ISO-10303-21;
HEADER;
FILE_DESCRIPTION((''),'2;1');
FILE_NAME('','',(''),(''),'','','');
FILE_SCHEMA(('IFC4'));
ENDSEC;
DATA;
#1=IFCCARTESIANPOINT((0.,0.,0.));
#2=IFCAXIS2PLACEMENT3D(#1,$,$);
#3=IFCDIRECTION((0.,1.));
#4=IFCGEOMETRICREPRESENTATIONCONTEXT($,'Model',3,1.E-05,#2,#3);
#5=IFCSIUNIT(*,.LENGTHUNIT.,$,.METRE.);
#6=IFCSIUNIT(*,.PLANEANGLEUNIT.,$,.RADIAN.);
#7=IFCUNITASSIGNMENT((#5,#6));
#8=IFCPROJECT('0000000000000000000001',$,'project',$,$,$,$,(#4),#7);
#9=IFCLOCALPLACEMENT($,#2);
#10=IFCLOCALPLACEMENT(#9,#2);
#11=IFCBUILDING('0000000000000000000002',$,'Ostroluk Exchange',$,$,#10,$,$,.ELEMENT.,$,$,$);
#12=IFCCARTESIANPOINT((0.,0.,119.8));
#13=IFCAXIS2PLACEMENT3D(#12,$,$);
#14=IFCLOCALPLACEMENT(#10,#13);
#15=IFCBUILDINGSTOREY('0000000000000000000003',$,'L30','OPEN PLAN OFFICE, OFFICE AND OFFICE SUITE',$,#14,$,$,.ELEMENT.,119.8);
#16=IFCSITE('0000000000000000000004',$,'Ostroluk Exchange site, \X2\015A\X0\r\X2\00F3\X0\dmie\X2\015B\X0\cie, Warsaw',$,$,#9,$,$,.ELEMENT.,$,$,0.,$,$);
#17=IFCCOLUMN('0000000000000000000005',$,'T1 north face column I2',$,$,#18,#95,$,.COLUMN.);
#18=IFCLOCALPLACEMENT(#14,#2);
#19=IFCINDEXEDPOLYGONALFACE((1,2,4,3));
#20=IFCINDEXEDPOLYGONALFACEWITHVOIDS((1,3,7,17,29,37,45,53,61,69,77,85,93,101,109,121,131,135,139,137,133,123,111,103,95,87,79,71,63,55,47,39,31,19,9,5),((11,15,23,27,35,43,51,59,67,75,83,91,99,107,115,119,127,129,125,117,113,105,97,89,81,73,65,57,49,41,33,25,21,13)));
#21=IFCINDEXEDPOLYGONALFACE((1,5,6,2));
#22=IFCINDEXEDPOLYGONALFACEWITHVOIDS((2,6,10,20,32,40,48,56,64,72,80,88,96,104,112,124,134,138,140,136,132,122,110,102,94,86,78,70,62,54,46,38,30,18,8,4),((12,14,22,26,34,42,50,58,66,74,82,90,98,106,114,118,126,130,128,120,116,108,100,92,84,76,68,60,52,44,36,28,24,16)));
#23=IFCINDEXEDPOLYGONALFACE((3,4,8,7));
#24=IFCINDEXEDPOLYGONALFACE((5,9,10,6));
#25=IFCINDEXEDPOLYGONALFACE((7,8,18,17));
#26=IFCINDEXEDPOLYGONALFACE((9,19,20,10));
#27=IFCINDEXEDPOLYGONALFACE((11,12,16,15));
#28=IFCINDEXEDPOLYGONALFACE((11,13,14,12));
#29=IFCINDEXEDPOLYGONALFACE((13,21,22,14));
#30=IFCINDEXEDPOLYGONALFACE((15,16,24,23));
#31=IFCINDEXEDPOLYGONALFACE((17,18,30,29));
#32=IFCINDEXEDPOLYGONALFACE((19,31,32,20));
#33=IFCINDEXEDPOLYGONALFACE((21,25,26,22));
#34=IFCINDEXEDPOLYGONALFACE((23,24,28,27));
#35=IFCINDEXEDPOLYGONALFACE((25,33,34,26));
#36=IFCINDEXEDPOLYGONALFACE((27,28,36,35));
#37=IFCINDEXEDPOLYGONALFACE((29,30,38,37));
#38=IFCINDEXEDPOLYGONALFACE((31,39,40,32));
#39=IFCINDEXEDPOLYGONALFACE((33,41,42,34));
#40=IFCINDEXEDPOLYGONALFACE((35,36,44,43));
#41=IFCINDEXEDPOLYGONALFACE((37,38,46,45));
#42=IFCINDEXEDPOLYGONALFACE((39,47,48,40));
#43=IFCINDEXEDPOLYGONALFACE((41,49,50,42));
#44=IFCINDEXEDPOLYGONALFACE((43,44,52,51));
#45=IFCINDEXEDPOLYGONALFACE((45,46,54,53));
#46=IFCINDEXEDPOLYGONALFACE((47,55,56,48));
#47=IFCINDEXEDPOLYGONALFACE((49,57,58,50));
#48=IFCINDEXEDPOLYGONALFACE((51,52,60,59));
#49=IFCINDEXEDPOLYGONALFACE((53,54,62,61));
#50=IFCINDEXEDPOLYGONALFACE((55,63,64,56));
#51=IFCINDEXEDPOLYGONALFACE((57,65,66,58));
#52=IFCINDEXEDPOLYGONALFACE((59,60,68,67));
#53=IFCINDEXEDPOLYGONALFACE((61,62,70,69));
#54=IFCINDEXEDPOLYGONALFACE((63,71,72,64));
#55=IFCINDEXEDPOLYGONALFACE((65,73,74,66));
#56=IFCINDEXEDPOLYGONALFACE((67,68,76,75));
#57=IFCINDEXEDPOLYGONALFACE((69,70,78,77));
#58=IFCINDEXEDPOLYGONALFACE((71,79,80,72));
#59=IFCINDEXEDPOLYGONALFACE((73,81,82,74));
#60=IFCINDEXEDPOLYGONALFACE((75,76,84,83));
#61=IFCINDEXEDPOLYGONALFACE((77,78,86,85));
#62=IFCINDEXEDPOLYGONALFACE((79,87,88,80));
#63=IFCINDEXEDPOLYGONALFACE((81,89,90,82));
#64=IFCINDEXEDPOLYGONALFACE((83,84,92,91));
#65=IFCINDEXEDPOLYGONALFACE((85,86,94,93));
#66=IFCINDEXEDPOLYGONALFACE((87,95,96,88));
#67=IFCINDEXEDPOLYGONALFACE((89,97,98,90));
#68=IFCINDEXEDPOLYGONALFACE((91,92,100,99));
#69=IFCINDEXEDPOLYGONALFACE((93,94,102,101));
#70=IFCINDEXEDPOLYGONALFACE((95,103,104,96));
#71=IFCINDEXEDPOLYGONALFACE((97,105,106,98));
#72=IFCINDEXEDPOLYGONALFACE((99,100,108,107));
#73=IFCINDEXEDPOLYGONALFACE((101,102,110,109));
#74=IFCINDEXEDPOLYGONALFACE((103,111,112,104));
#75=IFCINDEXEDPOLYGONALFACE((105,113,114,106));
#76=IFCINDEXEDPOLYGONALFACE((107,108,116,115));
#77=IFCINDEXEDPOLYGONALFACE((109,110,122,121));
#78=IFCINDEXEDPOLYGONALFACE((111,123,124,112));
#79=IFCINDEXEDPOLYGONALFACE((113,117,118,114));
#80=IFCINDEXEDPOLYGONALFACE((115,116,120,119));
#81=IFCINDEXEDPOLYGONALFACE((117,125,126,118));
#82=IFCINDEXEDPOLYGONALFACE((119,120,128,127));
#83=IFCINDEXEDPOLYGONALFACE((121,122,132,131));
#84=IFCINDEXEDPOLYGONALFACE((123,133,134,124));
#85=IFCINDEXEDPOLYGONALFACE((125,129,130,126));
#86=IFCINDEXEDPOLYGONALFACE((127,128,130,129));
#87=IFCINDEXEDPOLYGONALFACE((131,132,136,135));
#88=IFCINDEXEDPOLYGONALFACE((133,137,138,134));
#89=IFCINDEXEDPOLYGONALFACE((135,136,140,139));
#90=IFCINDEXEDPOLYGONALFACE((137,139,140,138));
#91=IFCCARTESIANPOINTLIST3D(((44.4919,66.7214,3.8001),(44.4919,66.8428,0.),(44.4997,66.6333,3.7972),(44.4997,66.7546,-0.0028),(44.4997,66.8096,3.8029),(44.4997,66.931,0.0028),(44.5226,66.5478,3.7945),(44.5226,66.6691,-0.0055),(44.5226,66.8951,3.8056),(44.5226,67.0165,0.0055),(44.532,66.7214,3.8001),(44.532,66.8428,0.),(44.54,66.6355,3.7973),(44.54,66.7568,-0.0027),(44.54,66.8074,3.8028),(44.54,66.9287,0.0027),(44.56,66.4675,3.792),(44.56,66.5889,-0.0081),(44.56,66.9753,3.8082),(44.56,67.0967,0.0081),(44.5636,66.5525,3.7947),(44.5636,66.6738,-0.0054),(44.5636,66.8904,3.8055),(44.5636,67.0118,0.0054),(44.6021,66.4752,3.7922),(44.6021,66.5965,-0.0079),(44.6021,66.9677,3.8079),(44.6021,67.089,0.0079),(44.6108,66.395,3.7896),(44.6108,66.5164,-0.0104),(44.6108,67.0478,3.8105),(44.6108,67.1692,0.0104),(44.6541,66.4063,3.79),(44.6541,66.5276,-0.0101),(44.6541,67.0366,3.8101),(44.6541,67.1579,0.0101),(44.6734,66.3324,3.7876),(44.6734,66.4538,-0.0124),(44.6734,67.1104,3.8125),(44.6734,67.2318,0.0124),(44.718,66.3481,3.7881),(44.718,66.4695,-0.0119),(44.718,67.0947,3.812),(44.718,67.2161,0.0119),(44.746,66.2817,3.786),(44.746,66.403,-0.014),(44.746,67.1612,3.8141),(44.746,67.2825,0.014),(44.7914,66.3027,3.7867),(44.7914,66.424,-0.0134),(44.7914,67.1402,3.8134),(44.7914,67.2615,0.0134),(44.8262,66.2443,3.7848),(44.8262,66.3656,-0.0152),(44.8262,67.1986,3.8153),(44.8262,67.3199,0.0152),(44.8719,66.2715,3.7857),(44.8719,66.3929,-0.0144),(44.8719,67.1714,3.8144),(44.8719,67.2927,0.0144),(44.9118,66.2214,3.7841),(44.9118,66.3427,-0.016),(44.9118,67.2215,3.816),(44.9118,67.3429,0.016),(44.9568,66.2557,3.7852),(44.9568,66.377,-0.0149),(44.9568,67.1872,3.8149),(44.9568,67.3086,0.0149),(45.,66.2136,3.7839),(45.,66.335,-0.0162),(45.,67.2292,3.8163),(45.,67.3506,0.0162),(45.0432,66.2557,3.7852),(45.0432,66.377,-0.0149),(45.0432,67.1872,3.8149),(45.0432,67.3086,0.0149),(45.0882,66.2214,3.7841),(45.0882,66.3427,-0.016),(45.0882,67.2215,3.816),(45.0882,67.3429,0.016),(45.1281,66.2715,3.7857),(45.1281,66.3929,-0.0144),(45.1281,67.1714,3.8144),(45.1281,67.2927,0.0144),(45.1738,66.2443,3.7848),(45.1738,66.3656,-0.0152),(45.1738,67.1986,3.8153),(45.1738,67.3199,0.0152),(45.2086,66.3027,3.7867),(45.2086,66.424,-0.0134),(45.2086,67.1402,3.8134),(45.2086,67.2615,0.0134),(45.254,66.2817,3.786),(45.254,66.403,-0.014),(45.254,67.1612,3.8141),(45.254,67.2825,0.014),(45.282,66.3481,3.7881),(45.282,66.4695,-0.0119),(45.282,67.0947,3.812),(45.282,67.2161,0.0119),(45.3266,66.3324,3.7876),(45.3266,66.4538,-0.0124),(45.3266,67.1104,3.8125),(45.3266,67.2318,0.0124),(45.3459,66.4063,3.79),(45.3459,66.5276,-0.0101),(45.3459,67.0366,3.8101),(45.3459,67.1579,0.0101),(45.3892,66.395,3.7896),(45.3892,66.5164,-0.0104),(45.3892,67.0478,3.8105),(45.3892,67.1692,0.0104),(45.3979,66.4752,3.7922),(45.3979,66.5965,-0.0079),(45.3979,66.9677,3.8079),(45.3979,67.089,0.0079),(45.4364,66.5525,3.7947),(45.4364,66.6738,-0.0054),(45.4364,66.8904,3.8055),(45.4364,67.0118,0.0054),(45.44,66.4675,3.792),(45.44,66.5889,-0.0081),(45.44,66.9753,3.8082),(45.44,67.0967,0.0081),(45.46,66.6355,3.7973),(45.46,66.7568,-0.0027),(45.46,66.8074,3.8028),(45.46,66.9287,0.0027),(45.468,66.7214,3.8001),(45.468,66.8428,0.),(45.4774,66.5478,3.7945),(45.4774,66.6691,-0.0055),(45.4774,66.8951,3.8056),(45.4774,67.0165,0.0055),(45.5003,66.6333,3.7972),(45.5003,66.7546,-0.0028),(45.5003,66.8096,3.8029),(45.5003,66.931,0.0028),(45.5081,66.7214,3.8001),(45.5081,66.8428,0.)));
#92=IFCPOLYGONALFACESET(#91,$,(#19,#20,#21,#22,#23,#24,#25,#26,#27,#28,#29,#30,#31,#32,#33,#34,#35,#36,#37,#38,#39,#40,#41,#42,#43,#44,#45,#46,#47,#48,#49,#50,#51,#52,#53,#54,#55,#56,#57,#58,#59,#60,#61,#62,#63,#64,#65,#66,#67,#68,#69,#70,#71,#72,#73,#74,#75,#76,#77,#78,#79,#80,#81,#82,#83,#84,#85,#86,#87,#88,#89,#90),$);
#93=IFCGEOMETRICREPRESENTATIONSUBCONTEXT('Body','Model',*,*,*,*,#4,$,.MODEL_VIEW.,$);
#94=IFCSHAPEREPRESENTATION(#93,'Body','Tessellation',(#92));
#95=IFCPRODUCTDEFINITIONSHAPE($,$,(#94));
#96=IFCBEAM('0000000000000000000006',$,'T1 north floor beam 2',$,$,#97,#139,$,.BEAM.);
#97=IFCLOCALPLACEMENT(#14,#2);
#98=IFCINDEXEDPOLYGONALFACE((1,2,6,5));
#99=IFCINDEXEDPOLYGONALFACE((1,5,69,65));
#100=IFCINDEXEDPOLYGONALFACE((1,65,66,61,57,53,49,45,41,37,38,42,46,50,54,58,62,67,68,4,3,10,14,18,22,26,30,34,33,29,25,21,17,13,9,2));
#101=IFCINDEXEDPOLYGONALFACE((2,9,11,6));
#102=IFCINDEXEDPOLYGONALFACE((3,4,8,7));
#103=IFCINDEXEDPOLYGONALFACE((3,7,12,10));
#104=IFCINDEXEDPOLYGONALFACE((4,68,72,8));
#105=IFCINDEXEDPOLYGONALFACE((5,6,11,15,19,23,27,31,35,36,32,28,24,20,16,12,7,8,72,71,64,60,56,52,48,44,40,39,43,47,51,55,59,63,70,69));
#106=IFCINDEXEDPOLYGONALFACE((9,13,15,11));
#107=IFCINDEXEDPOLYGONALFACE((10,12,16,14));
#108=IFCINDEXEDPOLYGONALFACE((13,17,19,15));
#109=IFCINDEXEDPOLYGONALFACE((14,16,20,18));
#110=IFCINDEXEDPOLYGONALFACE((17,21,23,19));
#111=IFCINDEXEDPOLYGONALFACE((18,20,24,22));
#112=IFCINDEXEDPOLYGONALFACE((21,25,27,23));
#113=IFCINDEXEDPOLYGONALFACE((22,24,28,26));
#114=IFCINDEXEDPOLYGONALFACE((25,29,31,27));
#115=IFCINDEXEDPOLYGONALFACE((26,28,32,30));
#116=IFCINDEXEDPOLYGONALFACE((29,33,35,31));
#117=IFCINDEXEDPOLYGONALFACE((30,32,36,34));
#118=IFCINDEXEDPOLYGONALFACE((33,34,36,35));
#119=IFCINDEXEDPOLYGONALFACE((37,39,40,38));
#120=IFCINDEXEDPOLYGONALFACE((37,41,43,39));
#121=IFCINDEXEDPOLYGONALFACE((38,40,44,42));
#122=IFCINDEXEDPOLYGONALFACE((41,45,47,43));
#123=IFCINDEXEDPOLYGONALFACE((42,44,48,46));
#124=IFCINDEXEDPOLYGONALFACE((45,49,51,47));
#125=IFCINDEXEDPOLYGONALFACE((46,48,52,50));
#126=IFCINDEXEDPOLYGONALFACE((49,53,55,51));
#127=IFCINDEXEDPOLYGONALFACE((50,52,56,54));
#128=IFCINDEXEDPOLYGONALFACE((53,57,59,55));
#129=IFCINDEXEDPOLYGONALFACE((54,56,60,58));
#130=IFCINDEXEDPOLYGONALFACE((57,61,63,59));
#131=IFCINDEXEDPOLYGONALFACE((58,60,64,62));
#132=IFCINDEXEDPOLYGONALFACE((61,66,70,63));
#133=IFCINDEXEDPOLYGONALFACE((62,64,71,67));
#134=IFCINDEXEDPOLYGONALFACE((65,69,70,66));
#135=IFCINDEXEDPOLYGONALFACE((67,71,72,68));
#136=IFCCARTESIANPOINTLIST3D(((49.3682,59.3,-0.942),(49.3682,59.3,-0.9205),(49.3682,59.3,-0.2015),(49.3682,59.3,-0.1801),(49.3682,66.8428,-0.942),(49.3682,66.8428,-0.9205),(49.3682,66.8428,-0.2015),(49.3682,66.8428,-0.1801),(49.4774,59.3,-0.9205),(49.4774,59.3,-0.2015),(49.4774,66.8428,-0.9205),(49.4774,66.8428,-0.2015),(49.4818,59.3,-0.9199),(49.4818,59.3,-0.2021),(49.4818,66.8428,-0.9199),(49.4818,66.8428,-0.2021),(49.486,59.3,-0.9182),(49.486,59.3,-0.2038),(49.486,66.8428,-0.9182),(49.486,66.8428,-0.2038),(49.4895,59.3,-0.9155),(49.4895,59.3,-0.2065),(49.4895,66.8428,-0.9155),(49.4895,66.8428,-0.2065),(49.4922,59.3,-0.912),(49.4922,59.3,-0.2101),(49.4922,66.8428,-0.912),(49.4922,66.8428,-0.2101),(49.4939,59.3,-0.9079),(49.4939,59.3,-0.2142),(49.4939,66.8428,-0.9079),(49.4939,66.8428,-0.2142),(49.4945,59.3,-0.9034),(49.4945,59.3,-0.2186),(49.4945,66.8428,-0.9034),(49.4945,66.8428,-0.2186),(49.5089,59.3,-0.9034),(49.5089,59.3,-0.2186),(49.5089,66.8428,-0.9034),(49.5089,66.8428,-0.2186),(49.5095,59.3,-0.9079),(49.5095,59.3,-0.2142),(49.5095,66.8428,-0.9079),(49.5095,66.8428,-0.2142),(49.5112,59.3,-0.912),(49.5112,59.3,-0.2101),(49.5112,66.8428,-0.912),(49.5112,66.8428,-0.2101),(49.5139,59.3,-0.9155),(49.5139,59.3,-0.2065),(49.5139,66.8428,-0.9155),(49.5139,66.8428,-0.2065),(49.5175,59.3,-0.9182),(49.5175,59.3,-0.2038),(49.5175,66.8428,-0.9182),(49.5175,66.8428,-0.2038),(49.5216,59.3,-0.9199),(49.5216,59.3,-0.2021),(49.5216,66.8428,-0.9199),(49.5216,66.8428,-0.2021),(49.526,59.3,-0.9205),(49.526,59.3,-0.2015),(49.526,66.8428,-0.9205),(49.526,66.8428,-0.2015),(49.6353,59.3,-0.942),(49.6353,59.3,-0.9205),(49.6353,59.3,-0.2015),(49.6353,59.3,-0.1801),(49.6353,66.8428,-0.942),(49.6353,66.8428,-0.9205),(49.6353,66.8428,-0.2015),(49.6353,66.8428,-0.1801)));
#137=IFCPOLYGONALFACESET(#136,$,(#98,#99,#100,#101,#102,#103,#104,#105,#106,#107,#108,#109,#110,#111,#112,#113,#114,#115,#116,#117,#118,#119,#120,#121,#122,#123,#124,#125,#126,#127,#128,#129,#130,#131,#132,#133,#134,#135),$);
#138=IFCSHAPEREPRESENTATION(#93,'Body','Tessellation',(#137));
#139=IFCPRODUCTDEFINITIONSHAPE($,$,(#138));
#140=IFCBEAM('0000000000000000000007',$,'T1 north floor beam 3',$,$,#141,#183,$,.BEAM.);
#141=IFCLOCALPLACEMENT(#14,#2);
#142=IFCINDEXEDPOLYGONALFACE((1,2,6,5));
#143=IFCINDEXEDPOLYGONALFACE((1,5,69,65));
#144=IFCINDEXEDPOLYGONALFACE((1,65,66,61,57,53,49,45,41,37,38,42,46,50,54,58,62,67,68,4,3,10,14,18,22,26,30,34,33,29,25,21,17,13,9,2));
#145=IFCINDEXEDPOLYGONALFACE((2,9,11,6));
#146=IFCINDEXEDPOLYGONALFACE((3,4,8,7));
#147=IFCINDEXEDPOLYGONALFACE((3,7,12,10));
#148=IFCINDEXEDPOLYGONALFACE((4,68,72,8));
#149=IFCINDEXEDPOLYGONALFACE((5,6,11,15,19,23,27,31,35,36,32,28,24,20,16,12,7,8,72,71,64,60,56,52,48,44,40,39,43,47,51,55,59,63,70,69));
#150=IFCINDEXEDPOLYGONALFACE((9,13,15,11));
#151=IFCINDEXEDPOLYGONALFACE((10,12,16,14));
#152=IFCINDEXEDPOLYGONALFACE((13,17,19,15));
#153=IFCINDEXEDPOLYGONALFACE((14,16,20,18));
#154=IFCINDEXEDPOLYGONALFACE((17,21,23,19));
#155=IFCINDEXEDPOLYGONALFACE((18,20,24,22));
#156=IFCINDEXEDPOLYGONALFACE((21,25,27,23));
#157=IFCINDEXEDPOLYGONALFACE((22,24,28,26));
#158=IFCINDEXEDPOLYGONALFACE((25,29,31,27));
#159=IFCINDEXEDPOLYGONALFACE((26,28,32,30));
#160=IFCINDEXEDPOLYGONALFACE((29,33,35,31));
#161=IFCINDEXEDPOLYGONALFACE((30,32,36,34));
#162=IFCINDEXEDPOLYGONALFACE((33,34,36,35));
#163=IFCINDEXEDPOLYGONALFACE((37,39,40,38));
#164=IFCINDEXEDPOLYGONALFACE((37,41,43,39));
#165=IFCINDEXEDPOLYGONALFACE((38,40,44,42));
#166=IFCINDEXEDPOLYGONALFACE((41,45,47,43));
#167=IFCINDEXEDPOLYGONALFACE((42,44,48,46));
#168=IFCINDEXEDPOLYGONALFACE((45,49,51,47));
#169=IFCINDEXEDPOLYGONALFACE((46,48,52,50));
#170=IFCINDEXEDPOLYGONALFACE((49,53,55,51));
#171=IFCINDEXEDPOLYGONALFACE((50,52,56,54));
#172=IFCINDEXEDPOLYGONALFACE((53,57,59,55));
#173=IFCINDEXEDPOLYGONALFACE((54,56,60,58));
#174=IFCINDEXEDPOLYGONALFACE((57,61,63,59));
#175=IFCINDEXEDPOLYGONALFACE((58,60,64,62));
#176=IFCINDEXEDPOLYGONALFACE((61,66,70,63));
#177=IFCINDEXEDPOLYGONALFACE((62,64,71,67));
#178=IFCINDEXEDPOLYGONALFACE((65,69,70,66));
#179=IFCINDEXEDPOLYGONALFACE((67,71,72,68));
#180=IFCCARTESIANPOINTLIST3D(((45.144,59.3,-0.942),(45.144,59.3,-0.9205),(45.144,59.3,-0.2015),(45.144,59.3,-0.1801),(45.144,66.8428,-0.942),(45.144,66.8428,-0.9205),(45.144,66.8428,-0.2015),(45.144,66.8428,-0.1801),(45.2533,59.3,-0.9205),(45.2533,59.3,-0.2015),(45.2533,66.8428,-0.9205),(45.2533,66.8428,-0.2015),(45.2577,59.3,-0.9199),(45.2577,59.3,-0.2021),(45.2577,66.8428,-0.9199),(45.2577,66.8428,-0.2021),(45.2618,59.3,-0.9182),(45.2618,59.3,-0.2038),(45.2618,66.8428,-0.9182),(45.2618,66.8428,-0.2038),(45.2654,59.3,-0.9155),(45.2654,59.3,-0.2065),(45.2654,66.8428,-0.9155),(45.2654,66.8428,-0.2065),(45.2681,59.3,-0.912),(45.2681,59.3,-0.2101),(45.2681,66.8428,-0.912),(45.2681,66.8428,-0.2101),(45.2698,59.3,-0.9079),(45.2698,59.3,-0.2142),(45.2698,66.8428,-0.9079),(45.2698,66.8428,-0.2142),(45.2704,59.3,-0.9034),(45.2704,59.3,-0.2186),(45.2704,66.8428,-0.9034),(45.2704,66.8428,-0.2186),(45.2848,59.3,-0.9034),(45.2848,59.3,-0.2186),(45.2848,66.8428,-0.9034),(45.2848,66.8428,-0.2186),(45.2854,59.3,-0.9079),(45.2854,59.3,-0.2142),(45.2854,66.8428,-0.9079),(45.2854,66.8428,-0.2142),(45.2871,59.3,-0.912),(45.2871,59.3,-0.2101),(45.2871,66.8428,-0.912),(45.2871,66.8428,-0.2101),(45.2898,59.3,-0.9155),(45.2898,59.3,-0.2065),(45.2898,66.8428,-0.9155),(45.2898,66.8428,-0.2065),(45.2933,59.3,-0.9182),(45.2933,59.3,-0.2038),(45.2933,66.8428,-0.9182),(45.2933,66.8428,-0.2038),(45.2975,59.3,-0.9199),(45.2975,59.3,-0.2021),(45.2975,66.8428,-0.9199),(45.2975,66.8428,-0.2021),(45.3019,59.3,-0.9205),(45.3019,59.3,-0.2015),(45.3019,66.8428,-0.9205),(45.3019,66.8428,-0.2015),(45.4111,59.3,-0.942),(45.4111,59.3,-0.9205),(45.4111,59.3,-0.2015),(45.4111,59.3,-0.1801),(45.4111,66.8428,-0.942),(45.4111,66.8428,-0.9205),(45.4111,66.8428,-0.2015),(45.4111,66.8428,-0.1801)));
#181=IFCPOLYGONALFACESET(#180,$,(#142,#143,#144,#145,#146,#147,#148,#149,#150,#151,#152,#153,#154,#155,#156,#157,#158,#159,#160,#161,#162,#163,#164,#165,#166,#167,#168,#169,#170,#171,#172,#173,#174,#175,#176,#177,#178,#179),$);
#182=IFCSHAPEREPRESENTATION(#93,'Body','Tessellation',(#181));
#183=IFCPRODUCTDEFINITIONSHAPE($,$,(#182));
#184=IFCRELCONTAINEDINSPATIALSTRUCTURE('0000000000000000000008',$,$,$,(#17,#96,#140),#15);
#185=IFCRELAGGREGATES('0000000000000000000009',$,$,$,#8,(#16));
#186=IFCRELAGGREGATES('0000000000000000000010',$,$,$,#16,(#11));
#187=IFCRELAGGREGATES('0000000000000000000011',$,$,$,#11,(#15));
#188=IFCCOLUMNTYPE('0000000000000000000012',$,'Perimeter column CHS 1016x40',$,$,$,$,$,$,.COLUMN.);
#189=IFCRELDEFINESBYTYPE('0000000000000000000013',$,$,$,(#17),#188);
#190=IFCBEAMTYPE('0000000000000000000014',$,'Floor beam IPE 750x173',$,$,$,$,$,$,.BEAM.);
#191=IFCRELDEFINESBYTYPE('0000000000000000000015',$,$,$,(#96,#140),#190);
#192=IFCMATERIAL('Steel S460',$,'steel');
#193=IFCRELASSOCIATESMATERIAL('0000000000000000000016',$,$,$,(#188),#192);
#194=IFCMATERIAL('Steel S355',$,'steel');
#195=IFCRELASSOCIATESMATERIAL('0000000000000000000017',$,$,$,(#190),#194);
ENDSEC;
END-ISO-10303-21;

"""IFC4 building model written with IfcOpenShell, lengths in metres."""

from ifc_helpers import new_model, si_unit, direction, frame, origin, origin_2d, place, context, subcontext, project, spatial, hollow_circle, i_section, extrude, material, material_profile, profile_set, type_object, element, save


model = new_model("IFC4")

# Units and contexts
model_context = context("Model", 3, precision=1e-05, world=origin(), true_north=direction((0.0, 1.0)))
body_context = subcontext(model_context, "Body", "Model", "MODEL_VIEW")
ifc_project = project(units=[si_unit("LENGTHUNIT", "METRE"), si_unit("PLANEANGLEUNIT", "RADIAN")], contexts=[model_context])

# Site, building, storey
site_placement = place(None, origin())
site = spatial("IfcSite", under=ifc_project, at=site_placement, Name="Ostroluk Exchange site, Śródmieście, Warsaw", CompositionType="ELEMENT", RefElevation=0.0)
building_placement = place(site_placement, origin())
building = spatial("IfcBuilding", under=site, at=building_placement, Name="Ostroluk Exchange", CompositionType="ELEMENT")
storey_placement = place(building_placement, frame((0.0, 0.0, 119.8)))
storey = spatial("IfcBuildingStorey", under=building, at=storey_placement, Name="L30", Description="OPEN PLAN OFFICE, OFFICE AND OFFICE SUITE", CompositionType="ELEMENT", Elevation=119.8)

# Column
ifc_material_1 = material(Name="Steel S460", Category="steel")
ifc_material_profile_1 = material_profile(ifc_material_1, hollow_circle(Radius=0.5081, WallThickness=0.04, at=origin_2d()), Name="CHS 1016x40")
ifc_profile_set_1 = profile_set([ifc_material_profile_1], Name="Steel S460")
column_type = type_object("IfcColumnType", Name="Perimeter column CHS 1016x40", PredefinedType="COLUMN", material=ifc_profile_set_1)
column_placement = place(storey_placement, frame((45.0, 66.8428, 0.0), z_axis=(0.0, -0.031914, 0.999491), x_axis=(1.0, 0.0, 0.0)))
element("IfcColumn", 1, at=column_placement, inside=storey, type_object=column_type, Name="T1 north face column I2", PredefinedType="COLUMN", context=body_context, shape_type="SweptSolid", body=[
    extrude(hollow_circle(Radius=0.5081, WallThickness=0.04, at=origin_2d()), origin(), (0.0, 0.0, 1.0), 3.802),
])

# Beams
ifc_material_2 = material(Name="Steel S355", Category="steel")
ifc_material_profile_2 = material_profile(ifc_material_2, i_section(OverallWidth=0.2671, OverallDepth=0.762, WebThickness=0.0144, FlangeThickness=0.0215, FilletRadius=0.0171, at=origin_2d()), Name="IPE 750x173")
ifc_profile_set_2 = profile_set([ifc_material_profile_2], Name="Steel S355")
beam_type_1 = type_object("IfcBeamType", Name="Floor beam IPE 750x173", PredefinedType="BEAM", material=ifc_profile_set_2)
for number, where, z_axis, x_axis, name in (
    (2, (49.5017, 59.3, -0.561), (0.0, 1.0, 0.0), (-1.0, 0.0, 0.0), "T1 north floor beam 2"),
    (3, (45.2776, 59.3, -0.561), (0.0, 1.0, 0.0), (-1.0, 0.0, 0.0), "T1 north floor beam 3"),
):
    element("IfcBeam", number, at=place(storey_placement, frame(where, z_axis=z_axis, x_axis=x_axis)), inside=storey, type_object=beam_type_1, Name=name, PredefinedType="BEAM", context=body_context, shape_type="SweptSolid", body=[
        extrude(i_section(OverallWidth=0.2671, OverallDepth=0.762, WebThickness=0.0144, FlangeThickness=0.0215, FilletRadius=0.0171, at=origin_2d()), origin(), (0.0, 0.0, 1.0), 7.5427),
    ])

save(model, "model.ifc")
